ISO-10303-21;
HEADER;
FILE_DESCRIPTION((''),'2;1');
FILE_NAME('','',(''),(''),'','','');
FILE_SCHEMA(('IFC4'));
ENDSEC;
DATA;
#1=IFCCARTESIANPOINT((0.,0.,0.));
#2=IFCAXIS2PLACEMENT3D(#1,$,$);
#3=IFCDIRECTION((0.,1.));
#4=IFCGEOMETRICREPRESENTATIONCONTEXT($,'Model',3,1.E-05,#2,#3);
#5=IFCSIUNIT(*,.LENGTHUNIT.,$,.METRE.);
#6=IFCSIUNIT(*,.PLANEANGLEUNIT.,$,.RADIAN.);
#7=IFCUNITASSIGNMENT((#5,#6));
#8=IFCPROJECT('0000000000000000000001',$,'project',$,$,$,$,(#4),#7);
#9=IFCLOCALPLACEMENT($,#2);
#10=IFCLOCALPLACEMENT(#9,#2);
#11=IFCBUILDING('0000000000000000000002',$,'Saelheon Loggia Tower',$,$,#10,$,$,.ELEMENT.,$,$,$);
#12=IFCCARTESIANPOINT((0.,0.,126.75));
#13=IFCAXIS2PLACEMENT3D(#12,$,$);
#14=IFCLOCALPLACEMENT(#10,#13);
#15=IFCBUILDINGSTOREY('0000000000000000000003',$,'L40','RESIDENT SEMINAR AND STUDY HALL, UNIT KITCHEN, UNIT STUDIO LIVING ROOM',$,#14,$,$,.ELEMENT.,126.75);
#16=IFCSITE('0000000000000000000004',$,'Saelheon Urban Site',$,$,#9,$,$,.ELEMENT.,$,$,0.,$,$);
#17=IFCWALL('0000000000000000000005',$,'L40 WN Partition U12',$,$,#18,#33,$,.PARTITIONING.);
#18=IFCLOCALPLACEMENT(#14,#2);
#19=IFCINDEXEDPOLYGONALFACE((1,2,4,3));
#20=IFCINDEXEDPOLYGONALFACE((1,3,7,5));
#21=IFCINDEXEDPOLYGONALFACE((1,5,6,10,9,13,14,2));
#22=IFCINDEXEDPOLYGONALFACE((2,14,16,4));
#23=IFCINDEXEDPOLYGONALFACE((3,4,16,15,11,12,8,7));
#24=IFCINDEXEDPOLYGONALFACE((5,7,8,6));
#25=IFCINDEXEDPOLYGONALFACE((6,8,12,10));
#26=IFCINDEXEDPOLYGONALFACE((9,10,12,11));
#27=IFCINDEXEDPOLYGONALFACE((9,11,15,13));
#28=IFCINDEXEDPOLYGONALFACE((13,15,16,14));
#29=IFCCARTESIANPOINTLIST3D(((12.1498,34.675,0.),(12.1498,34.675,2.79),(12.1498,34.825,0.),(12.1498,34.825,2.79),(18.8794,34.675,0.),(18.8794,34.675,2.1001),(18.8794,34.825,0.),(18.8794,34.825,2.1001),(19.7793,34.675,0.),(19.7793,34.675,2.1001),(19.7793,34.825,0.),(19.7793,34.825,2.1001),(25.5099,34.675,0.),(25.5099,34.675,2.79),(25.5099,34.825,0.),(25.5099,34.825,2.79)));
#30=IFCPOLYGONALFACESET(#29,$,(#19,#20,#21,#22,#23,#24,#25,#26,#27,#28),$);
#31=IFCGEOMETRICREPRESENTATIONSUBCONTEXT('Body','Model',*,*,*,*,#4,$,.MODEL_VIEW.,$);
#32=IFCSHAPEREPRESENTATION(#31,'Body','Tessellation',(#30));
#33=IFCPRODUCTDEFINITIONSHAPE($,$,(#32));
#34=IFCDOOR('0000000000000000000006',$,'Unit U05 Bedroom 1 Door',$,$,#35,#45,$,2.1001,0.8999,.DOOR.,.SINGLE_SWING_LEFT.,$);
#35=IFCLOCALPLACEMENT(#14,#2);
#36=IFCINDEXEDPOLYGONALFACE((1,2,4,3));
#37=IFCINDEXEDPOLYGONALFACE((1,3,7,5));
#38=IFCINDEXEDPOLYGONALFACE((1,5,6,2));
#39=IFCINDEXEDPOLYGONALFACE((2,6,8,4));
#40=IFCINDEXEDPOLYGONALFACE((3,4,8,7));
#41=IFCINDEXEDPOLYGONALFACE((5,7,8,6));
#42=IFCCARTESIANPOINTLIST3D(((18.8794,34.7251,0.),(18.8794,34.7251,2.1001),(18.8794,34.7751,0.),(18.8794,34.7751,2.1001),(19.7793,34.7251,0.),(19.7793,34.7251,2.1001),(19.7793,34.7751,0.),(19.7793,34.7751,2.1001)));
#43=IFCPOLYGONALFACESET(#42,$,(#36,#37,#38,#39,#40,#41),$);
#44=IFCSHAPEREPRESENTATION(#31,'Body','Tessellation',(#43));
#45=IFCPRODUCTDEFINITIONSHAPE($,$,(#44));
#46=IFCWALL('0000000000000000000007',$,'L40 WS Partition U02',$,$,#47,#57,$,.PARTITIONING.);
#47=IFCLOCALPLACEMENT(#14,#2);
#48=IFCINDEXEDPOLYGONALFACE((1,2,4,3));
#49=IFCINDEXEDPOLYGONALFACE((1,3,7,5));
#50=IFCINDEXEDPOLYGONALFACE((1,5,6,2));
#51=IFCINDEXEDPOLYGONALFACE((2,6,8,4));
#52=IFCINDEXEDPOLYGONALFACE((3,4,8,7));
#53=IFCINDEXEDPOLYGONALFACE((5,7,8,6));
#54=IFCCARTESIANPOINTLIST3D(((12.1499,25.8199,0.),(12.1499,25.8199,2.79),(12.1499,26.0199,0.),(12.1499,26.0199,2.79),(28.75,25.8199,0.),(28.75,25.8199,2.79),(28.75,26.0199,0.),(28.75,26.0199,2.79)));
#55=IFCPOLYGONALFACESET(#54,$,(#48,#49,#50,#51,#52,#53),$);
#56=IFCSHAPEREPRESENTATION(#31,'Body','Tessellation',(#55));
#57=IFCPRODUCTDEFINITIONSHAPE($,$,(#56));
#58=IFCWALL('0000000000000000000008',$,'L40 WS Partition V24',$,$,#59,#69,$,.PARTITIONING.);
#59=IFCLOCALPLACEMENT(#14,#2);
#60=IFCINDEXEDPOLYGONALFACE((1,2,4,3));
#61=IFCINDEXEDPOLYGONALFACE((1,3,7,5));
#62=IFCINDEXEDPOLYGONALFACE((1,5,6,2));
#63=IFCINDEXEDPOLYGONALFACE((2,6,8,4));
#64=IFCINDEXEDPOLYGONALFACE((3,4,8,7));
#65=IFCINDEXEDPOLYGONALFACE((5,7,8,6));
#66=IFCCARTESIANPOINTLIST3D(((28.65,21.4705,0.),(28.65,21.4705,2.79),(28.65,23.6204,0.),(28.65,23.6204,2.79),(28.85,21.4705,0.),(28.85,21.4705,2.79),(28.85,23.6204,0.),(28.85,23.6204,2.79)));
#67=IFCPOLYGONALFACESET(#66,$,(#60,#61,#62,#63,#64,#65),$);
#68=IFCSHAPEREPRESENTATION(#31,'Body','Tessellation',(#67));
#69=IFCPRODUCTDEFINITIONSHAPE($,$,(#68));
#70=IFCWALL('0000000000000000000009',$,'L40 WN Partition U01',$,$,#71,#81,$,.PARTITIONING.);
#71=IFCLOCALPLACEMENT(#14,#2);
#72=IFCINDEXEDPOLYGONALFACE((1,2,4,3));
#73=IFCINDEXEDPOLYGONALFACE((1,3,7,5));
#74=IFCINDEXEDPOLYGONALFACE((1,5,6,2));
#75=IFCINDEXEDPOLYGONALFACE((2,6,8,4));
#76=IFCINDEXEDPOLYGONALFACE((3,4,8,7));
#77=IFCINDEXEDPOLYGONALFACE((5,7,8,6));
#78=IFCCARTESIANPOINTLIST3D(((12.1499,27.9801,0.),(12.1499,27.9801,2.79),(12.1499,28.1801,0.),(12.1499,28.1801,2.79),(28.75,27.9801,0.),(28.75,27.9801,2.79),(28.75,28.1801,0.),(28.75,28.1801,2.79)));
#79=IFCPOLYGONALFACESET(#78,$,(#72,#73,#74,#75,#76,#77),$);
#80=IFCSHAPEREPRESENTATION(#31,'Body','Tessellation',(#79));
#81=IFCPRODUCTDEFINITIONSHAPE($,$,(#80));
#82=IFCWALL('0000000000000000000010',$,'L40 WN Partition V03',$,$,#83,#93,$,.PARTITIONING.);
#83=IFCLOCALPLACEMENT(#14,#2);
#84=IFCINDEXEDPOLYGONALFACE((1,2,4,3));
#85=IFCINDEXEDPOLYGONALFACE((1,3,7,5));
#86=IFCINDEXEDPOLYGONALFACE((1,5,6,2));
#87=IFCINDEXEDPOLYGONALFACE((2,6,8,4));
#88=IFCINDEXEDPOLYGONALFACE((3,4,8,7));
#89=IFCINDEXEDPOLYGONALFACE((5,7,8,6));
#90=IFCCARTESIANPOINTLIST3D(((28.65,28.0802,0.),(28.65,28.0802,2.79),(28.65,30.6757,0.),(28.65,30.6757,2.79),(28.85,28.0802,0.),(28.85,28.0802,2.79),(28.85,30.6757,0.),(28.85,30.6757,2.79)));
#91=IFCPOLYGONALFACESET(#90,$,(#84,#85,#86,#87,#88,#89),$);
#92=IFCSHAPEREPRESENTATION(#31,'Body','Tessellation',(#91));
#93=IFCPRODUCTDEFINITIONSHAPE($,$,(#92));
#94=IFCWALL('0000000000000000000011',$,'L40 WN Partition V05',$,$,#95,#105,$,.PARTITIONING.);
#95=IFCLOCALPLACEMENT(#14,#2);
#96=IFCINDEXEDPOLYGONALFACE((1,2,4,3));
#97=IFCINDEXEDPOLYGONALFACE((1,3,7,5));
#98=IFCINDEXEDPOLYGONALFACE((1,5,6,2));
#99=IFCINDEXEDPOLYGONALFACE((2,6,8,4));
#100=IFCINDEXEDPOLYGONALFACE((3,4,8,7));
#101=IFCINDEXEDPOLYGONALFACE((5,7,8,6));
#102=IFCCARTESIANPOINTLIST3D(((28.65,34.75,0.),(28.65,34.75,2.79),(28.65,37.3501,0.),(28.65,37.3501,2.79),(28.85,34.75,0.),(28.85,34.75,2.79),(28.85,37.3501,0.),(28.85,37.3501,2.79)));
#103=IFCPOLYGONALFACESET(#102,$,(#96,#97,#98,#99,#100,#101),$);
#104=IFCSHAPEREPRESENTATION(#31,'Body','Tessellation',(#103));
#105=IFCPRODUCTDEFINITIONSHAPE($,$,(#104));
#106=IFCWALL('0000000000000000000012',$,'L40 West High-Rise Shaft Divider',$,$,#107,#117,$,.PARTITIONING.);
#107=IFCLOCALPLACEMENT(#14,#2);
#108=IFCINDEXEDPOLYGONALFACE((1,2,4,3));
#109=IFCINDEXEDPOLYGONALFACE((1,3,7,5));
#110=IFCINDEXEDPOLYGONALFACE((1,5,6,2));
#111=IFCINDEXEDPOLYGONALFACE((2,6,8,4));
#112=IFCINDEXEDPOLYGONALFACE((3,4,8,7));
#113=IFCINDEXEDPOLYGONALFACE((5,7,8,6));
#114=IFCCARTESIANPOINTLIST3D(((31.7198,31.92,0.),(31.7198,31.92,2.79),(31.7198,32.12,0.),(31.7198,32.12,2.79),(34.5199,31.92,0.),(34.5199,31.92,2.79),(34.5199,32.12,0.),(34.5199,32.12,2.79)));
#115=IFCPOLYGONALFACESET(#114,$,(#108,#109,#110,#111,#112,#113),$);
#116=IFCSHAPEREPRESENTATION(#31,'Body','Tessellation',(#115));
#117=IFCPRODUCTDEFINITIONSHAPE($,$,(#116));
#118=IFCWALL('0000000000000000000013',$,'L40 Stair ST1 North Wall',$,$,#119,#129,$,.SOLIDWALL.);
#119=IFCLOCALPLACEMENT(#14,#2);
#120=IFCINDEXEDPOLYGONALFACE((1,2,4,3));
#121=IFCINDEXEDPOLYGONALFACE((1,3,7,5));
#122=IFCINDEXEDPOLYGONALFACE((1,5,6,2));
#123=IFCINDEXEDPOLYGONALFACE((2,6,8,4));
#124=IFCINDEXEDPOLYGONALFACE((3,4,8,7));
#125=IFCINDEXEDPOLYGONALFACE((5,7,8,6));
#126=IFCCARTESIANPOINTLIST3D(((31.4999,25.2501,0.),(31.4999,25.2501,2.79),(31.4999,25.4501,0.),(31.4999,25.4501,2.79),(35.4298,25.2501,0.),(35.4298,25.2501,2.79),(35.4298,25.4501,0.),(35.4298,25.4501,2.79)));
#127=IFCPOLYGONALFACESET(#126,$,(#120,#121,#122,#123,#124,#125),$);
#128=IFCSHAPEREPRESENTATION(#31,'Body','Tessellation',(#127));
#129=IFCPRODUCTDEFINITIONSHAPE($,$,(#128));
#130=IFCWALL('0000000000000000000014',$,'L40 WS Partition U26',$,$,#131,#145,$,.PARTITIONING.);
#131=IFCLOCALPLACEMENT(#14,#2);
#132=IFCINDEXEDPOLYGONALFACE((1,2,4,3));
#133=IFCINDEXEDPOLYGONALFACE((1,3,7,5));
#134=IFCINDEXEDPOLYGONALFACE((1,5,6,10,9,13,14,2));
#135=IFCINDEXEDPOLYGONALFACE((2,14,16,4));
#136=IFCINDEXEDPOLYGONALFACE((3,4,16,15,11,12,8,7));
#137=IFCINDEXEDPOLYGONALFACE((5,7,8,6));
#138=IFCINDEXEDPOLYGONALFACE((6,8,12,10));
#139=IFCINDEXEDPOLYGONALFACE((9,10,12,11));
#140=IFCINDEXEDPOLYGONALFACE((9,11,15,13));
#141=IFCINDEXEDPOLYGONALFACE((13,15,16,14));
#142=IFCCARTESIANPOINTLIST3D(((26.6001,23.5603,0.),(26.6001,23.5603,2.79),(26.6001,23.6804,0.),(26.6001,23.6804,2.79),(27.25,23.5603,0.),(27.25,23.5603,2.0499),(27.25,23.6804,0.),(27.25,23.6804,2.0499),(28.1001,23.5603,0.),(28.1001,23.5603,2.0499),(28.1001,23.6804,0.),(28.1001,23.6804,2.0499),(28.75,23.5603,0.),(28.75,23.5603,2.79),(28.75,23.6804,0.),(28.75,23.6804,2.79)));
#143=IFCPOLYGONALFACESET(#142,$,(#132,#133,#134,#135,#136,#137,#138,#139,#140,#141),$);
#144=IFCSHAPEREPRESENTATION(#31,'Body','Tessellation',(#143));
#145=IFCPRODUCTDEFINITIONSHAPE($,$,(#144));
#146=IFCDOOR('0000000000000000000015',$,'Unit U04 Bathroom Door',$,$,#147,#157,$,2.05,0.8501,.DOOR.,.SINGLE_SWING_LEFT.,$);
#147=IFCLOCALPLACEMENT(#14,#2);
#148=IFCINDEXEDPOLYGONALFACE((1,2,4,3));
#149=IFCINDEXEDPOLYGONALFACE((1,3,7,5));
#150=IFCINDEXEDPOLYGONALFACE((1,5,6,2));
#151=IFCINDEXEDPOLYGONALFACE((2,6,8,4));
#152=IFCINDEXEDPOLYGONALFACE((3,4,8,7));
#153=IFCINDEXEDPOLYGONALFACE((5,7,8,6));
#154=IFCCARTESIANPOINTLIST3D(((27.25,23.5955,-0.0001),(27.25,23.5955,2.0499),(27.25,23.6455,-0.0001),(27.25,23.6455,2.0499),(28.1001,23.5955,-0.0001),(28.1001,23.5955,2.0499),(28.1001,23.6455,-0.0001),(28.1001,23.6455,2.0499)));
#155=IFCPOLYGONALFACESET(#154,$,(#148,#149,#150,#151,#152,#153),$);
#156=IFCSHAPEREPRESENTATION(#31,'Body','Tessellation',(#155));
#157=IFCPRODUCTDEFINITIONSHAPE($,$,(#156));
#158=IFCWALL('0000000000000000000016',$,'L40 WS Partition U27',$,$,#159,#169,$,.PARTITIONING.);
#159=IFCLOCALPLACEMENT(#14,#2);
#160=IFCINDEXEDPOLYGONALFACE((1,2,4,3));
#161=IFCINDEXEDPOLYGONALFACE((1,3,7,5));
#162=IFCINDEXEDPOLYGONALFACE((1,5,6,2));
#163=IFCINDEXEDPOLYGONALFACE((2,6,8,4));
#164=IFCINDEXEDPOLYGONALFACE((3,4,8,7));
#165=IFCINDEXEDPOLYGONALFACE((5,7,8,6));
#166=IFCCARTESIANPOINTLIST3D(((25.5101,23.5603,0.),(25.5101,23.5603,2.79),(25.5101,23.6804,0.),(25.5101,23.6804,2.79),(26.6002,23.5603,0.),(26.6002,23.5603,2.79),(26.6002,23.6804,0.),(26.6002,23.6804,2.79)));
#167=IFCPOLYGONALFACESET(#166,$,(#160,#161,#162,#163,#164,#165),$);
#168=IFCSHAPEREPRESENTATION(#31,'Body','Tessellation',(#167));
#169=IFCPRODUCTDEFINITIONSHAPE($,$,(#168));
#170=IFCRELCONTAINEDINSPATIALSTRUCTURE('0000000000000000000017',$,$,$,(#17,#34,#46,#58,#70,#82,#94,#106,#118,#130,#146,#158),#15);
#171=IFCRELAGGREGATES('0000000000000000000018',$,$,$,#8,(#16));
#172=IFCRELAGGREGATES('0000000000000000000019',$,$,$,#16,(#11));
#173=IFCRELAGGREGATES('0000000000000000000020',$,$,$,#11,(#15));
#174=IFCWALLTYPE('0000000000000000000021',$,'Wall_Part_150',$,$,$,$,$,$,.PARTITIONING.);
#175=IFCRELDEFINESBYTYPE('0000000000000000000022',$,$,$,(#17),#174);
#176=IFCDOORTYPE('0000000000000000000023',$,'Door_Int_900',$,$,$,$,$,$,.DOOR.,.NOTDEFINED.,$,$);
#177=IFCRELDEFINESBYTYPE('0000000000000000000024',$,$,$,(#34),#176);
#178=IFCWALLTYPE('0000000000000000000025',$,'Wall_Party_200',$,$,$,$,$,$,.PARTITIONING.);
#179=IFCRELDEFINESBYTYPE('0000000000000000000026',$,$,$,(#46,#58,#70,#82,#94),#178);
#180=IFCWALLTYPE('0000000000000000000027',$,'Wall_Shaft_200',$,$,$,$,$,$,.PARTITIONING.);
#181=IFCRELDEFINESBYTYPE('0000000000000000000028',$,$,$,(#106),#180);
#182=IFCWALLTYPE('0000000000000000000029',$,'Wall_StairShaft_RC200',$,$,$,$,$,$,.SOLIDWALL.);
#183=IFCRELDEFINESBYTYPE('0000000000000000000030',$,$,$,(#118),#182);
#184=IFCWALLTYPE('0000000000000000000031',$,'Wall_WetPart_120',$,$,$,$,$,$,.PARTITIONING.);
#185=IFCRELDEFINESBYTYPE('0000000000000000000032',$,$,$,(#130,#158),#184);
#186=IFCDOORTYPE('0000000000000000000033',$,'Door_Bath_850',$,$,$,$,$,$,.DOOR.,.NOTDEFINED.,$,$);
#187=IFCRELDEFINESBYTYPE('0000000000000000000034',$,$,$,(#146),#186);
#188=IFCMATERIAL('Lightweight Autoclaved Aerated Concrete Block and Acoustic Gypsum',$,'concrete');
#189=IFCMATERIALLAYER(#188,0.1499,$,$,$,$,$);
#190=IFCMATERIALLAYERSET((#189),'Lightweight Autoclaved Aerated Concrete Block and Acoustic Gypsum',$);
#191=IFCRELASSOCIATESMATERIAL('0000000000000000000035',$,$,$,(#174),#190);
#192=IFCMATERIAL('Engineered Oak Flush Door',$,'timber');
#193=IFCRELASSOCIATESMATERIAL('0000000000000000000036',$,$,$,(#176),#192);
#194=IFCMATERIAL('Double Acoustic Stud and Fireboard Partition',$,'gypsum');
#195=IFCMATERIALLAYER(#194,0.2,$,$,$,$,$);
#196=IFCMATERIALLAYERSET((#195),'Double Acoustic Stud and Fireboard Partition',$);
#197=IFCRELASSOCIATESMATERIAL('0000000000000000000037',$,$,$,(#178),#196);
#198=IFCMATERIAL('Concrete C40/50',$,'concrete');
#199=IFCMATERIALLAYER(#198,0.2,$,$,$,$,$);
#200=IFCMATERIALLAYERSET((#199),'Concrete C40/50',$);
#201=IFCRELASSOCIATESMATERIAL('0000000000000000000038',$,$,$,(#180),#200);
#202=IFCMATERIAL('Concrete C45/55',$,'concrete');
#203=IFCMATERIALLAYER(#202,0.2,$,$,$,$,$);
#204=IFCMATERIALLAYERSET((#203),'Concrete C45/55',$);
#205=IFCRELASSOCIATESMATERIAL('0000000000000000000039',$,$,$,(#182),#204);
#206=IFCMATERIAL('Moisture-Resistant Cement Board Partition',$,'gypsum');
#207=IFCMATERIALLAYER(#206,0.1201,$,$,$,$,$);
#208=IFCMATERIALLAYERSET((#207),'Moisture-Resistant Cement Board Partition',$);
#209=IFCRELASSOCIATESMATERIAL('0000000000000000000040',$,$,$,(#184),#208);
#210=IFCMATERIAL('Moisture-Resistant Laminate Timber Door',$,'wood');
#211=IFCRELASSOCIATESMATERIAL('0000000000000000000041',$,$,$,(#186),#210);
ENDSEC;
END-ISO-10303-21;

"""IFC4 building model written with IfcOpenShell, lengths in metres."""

from ifc_helpers import new_model, si_unit, direction, frame, frame_2d, origin, place, context, subcontext, project, spatial, rectangle, extrude, source, transform, mapped, material, layer, layer_set, type_object, element, fill, save


model = new_model("IFC4")

# Units and contexts
model_context = context("Model", 3, precision=1e-05, world=origin(), true_north=direction((0.0, 1.0)))
body_context = subcontext(model_context, "Body", "Model", "MODEL_VIEW")
ifc_project = project(units=[si_unit("LENGTHUNIT", "METRE"), si_unit("PLANEANGLEUNIT", "RADIAN")], contexts=[model_context])

# Site, building, storey
site_placement = place(None, origin())
site = spatial("IfcSite", under=ifc_project, at=site_placement, Name="Saelheon Urban Site", CompositionType="ELEMENT", RefElevation=0.0)
building_placement = place(site_placement, origin())
building = spatial("IfcBuilding", under=site, at=building_placement, Name="Saelheon Loggia Tower", CompositionType="ELEMENT")
storey_placement = place(building_placement, frame((0.0, 0.0, 126.75)))
storey = spatial("IfcBuildingStorey", under=building, at=storey_placement, Name="L40", Description="RESIDENT SEMINAR AND STUDY HALL, UNIT KITCHEN, UNIT STUDIO LIVING ROOM", CompositionType="ELEMENT", Elevation=126.75)

# Shared definitions
ifc_material_1 = material(Name="Lightweight Autoclaved Aerated Concrete Block and Acoustic Gypsum", Category="concrete")
ifc_layer_1 = layer(ifc_material_1, 0.1499)
ifc_layer_set_1 = layer_set([ifc_layer_1], Name="Lightweight Autoclaved Aerated Concrete Block and Acoustic Gypsum")
wall_type_1 = type_object("IfcWallType", Name="Wall_Part_150", PredefinedType="PARTITIONING", material=ifc_layer_set_1)
ifc_material_2 = material(Name="Engineered Oak Flush Door", Category="timber")
door_type_1 = type_object("IfcDoorType", Name="Door_Int_900", OperationType="NOTDEFINED", PredefinedType="DOOR", material=ifc_material_2)
shared_shape_1 = source(origin(), body_context, "Body", "SweptSolid", [
    extrude(rectangle(XDim=0.8999, YDim=2.1001, at=frame_2d((0.45, 1.05))), frame((0.0, 0.0249, 0.0), z_axis=(0.0, -1.0, 0.0), x_axis=(1.0, 0.0, 0.0)), (0.0, 0.0, 1.0), 0.05),
])

# Wall, opening, door
wall_1_placement = place(storey_placement, frame((25.51, 34.75, 0.0), z_axis=(0.0, 0.0, 1.0), x_axis=(-1.0, 0.0, 0.0)))
wall_1 = element("IfcWall", 1, at=wall_1_placement, inside=storey, type_object=wall_type_1, Name="L40 WN Partition U12", PredefinedType="PARTITIONING", context=body_context, shape_type="SweptSolid", body=[
    extrude(rectangle(XDim=13.3601, YDim=0.1499, at=frame_2d((6.6802, 0.0))), origin(), (0.0, 0.0, 1.0), 2.79),
])
opening_1_placement = place(wall_1_placement, frame((5.7307, 0.0, 0.0)))
opening_1 = element("IfcOpeningElement", 2, at=opening_1_placement, cuts=wall_1, PredefinedType="OPENING", context=body_context, shape_type="SweptSolid", body=[
    extrude(rectangle(XDim=0.8999, YDim=2.1001, at=frame_2d((0.45, 1.05))), frame((0.0, 0.0869, 0.0), z_axis=(0.0, -1.0, 0.0), x_axis=(1.0, 0.0, 0.0)), (0.0, 0.0, 1.0), 0.1738),
])
door_1_placement = place(opening_1_placement, origin())
door_1 = element("IfcDoor", 3, at=door_1_placement, inside=storey, type_object=door_type_1, Name="Unit U05 Bedroom 1 Door", OperationType="SINGLE_SWING_LEFT", OverallHeight=2.1001, OverallWidth=0.8999, PredefinedType="DOOR", context=body_context, shape_type="MappedRepresentation", body=[
    mapped(shared_shape_1, transform((0.0, 0.0, 0.0), scale=1.0)),
])
fill(opening_1, door_1)

# Walls
ifc_material_3 = material(Name="Double Acoustic Stud and Fireboard Partition", Category="gypsum")
ifc_layer_2 = layer(ifc_material_3, 0.2)
ifc_layer_set_2 = layer_set([ifc_layer_2], Name="Double Acoustic Stud and Fireboard Partition")
wall_type_2 = type_object("IfcWallType", Name="Wall_Party_200", PredefinedType="PARTITIONING", material=ifc_layer_set_2)
wall_2_placement = place(storey_placement, frame((28.75, 25.9199, 0.0), z_axis=(0.0, 0.0, 1.0), x_axis=(-1.0, 0.0, 0.0)))
element("IfcWall", 4, at=wall_2_placement, inside=storey, type_object=wall_type_2, Name="L40 WS Partition U02", PredefinedType="PARTITIONING", context=body_context, shape_type="SweptSolid", body=[
    extrude(rectangle(XDim=16.6001, YDim=0.2, at=frame_2d((8.3, 0.0))), origin(), (0.0, 0.0, 1.0), 2.79),
])
wall_3_placement = place(storey_placement, frame((28.75, 21.4705, 0.0), z_axis=(0.0, 0.0, 1.0), x_axis=(0.0, 1.0, 0.0)))
element("IfcWall", 5, at=wall_3_placement, inside=storey, type_object=wall_type_2, Name="L40 WS Partition V24", PredefinedType="PARTITIONING", context=body_context, shape_type="SweptSolid", body=[
    extrude(rectangle(XDim=2.1499, YDim=0.2, at=frame_2d((1.075, 0.0))), origin(), (0.0, 0.0, 1.0), 2.79),
])

# Walls
wall_4_placement = place(storey_placement, frame((28.75, 28.0801, 0.0), z_axis=(0.0, 0.0, 1.0), x_axis=(-1.0, 0.0, 0.0)))
element("IfcWall", 6, at=wall_4_placement, inside=storey, type_object=wall_type_2, Name="L40 WN Partition U01", PredefinedType="PARTITIONING", context=body_context, shape_type="SweptSolid", body=[
    extrude(rectangle(XDim=16.6001, YDim=0.2, at=frame_2d((8.3, 0.0))), origin(), (0.0, 0.0, 1.0), 2.79),
])
wall_5_placement = place(storey_placement, frame((28.75, 28.0801, 0.0), z_axis=(0.0, 0.0, 1.0), x_axis=(0.0, 1.0, 0.0)))
element("IfcWall", 7, at=wall_5_placement, inside=storey, type_object=wall_type_2, Name="L40 WN Partition V03", PredefinedType="PARTITIONING", context=body_context, shape_type="SweptSolid", body=[
    extrude(rectangle(XDim=2.5955, YDim=0.2, at=frame_2d((1.2979, 0.0))), origin(), (0.0, 0.0, 1.0), 2.79),
])

# Walls
wall_6_placement = place(storey_placement, frame((28.75, 34.75, 0.0), z_axis=(0.0, 0.0, 1.0), x_axis=(0.0, 1.0, 0.0)))
element("IfcWall", 8, at=wall_6_placement, inside=storey, type_object=wall_type_2, Name="L40 WN Partition V05", PredefinedType="PARTITIONING", context=body_context, shape_type="SweptSolid", body=[
    extrude(rectangle(XDim=2.6001, YDim=0.2, at=frame_2d((1.3, 0.0))), origin(), (0.0, 0.0, 1.0), 2.79),
])
ifc_material_4 = material(Name="Concrete C40/50", Category="concrete")
ifc_layer_3 = layer(ifc_material_4, 0.2)
ifc_layer_set_3 = layer_set([ifc_layer_3], Name="Concrete C40/50")
wall_type_3 = type_object("IfcWallType", Name="Wall_Shaft_200", PredefinedType="PARTITIONING", material=ifc_layer_set_3)
wall_7_placement = place(storey_placement, frame((31.72, 32.02, 0.0), z_axis=(0.0, 0.0, 1.0), x_axis=(1.0, 0.0, 0.0)))
element("IfcWall", 9, at=wall_7_placement, inside=storey, type_object=wall_type_3, Name="L40 West High-Rise Shaft Divider", PredefinedType="PARTITIONING", context=body_context, shape_type="SweptSolid", body=[
    extrude(rectangle(XDim=2.8, YDim=0.2, at=frame_2d((1.3999, 0.0))), origin(), (0.0, 0.0, 1.0), 2.79),
])
ifc_material_5 = material(Name="Concrete C45/55", Category="concrete")
ifc_layer_4 = layer(ifc_material_5, 0.2)
ifc_layer_set_4 = layer_set([ifc_layer_4], Name="Concrete C45/55")
wall_type_4 = type_object("IfcWallType", Name="Wall_StairShaft_RC200", PredefinedType="SOLIDWALL", material=ifc_layer_set_4)
wall_8_placement = place(storey_placement, frame((31.5, 25.3501, 0.0), z_axis=(0.0, 0.0, 1.0), x_axis=(1.0, 0.0, 0.0)))
element("IfcWall", 10, at=wall_8_placement, inside=storey, type_object=wall_type_4, Name="L40 Stair ST1 North Wall", PredefinedType="SOLIDWALL", context=body_context, shape_type="SweptSolid", body=[
    extrude(rectangle(XDim=3.9299, YDim=0.2, at=frame_2d((1.9648, 0.0))), origin(), (0.0, 0.0, 1.0), 2.79),
])

# Wall, opening, door
ifc_material_6 = material(Name="Moisture-Resistant Cement Board Partition", Category="gypsum")
ifc_layer_5 = layer(ifc_material_6, 0.1201)
ifc_layer_set_5 = layer_set([ifc_layer_5], Name="Moisture-Resistant Cement Board Partition")
wall_type_5 = type_object("IfcWallType", Name="Wall_WetPart_120", PredefinedType="PARTITIONING", material=ifc_layer_set_5)
wall_9_placement = place(storey_placement, frame((28.75, 23.6204, 0.0), z_axis=(0.0, 0.0, 1.0), x_axis=(-1.0, 0.0, 0.0)))
wall_9 = element("IfcWall", 11, at=wall_9_placement, inside=storey, type_object=wall_type_5, Name="L40 WS Partition U26", PredefinedType="PARTITIONING", context=body_context, shape_type="SweptSolid", body=[
    extrude(rectangle(XDim=2.1499, YDim=0.1201, at=frame_2d((1.075, 0.0))), origin(), (0.0, 0.0, 1.0), 2.79),
])
opening_2_placement = place(wall_9_placement, frame((0.6499, 0.0, 0.0)))
opening_2 = element("IfcOpeningElement", 12, at=opening_2_placement, cuts=wall_9, PredefinedType="OPENING", context=body_context, shape_type="SweptSolid", body=[
    extrude(rectangle(XDim=0.8501, YDim=2.05, at=frame_2d((0.425, 1.0249))), frame((0.0, 0.072, 0.0), z_axis=(0.0, -1.0, 0.0), x_axis=(1.0, 0.0, 0.0)), (0.0, 0.0, 1.0), 0.144),
])
ifc_material_7 = material(Name="Moisture-Resistant Laminate Timber Door", Category="wood")
door_type_2 = type_object("IfcDoorType", Name="Door_Bath_850", OperationType="NOTDEFINED", PredefinedType="DOOR", material=ifc_material_7)
shared_shape_2 = source(origin(), body_context, "Body", "SweptSolid", [
    extrude(rectangle(XDim=0.8501, YDim=2.05, at=frame_2d((0.425, 1.0249))), frame((0.0, 0.0249, 0.0), z_axis=(0.0, -1.0, 0.0), x_axis=(1.0, 0.0, 0.0)), (0.0, 0.0, 1.0), 0.05),
])
door_2_placement = place(opening_2_placement, origin())
door_2 = element("IfcDoor", 13, at=door_2_placement, inside=storey, type_object=door_type_2, Name="Unit U04 Bathroom Door", OperationType="SINGLE_SWING_LEFT", OverallHeight=2.05, OverallWidth=0.8501, PredefinedType="DOOR", context=body_context, shape_type="MappedRepresentation", body=[
    mapped(shared_shape_2, transform((0.0, 0.0, 0.0), scale=1.0)),
])
fill(opening_2, door_2)

# Wall
wall_10_placement = place(storey_placement, frame((26.6001, 23.6204, 0.0), z_axis=(0.0, 0.0, 1.0), x_axis=(-1.0, 0.0, 0.0)))
element("IfcWall", 14, at=wall_10_placement, inside=storey, type_object=wall_type_5, Name="L40 WS Partition U27", PredefinedType="PARTITIONING", context=body_context, shape_type="SweptSolid", body=[
    extrude(rectangle(XDim=1.0901, YDim=0.1201, at=frame_2d((0.5449, 0.0))), origin(), (0.0, 0.0, 1.0), 2.79),
])

save(model, "model.ifc")
